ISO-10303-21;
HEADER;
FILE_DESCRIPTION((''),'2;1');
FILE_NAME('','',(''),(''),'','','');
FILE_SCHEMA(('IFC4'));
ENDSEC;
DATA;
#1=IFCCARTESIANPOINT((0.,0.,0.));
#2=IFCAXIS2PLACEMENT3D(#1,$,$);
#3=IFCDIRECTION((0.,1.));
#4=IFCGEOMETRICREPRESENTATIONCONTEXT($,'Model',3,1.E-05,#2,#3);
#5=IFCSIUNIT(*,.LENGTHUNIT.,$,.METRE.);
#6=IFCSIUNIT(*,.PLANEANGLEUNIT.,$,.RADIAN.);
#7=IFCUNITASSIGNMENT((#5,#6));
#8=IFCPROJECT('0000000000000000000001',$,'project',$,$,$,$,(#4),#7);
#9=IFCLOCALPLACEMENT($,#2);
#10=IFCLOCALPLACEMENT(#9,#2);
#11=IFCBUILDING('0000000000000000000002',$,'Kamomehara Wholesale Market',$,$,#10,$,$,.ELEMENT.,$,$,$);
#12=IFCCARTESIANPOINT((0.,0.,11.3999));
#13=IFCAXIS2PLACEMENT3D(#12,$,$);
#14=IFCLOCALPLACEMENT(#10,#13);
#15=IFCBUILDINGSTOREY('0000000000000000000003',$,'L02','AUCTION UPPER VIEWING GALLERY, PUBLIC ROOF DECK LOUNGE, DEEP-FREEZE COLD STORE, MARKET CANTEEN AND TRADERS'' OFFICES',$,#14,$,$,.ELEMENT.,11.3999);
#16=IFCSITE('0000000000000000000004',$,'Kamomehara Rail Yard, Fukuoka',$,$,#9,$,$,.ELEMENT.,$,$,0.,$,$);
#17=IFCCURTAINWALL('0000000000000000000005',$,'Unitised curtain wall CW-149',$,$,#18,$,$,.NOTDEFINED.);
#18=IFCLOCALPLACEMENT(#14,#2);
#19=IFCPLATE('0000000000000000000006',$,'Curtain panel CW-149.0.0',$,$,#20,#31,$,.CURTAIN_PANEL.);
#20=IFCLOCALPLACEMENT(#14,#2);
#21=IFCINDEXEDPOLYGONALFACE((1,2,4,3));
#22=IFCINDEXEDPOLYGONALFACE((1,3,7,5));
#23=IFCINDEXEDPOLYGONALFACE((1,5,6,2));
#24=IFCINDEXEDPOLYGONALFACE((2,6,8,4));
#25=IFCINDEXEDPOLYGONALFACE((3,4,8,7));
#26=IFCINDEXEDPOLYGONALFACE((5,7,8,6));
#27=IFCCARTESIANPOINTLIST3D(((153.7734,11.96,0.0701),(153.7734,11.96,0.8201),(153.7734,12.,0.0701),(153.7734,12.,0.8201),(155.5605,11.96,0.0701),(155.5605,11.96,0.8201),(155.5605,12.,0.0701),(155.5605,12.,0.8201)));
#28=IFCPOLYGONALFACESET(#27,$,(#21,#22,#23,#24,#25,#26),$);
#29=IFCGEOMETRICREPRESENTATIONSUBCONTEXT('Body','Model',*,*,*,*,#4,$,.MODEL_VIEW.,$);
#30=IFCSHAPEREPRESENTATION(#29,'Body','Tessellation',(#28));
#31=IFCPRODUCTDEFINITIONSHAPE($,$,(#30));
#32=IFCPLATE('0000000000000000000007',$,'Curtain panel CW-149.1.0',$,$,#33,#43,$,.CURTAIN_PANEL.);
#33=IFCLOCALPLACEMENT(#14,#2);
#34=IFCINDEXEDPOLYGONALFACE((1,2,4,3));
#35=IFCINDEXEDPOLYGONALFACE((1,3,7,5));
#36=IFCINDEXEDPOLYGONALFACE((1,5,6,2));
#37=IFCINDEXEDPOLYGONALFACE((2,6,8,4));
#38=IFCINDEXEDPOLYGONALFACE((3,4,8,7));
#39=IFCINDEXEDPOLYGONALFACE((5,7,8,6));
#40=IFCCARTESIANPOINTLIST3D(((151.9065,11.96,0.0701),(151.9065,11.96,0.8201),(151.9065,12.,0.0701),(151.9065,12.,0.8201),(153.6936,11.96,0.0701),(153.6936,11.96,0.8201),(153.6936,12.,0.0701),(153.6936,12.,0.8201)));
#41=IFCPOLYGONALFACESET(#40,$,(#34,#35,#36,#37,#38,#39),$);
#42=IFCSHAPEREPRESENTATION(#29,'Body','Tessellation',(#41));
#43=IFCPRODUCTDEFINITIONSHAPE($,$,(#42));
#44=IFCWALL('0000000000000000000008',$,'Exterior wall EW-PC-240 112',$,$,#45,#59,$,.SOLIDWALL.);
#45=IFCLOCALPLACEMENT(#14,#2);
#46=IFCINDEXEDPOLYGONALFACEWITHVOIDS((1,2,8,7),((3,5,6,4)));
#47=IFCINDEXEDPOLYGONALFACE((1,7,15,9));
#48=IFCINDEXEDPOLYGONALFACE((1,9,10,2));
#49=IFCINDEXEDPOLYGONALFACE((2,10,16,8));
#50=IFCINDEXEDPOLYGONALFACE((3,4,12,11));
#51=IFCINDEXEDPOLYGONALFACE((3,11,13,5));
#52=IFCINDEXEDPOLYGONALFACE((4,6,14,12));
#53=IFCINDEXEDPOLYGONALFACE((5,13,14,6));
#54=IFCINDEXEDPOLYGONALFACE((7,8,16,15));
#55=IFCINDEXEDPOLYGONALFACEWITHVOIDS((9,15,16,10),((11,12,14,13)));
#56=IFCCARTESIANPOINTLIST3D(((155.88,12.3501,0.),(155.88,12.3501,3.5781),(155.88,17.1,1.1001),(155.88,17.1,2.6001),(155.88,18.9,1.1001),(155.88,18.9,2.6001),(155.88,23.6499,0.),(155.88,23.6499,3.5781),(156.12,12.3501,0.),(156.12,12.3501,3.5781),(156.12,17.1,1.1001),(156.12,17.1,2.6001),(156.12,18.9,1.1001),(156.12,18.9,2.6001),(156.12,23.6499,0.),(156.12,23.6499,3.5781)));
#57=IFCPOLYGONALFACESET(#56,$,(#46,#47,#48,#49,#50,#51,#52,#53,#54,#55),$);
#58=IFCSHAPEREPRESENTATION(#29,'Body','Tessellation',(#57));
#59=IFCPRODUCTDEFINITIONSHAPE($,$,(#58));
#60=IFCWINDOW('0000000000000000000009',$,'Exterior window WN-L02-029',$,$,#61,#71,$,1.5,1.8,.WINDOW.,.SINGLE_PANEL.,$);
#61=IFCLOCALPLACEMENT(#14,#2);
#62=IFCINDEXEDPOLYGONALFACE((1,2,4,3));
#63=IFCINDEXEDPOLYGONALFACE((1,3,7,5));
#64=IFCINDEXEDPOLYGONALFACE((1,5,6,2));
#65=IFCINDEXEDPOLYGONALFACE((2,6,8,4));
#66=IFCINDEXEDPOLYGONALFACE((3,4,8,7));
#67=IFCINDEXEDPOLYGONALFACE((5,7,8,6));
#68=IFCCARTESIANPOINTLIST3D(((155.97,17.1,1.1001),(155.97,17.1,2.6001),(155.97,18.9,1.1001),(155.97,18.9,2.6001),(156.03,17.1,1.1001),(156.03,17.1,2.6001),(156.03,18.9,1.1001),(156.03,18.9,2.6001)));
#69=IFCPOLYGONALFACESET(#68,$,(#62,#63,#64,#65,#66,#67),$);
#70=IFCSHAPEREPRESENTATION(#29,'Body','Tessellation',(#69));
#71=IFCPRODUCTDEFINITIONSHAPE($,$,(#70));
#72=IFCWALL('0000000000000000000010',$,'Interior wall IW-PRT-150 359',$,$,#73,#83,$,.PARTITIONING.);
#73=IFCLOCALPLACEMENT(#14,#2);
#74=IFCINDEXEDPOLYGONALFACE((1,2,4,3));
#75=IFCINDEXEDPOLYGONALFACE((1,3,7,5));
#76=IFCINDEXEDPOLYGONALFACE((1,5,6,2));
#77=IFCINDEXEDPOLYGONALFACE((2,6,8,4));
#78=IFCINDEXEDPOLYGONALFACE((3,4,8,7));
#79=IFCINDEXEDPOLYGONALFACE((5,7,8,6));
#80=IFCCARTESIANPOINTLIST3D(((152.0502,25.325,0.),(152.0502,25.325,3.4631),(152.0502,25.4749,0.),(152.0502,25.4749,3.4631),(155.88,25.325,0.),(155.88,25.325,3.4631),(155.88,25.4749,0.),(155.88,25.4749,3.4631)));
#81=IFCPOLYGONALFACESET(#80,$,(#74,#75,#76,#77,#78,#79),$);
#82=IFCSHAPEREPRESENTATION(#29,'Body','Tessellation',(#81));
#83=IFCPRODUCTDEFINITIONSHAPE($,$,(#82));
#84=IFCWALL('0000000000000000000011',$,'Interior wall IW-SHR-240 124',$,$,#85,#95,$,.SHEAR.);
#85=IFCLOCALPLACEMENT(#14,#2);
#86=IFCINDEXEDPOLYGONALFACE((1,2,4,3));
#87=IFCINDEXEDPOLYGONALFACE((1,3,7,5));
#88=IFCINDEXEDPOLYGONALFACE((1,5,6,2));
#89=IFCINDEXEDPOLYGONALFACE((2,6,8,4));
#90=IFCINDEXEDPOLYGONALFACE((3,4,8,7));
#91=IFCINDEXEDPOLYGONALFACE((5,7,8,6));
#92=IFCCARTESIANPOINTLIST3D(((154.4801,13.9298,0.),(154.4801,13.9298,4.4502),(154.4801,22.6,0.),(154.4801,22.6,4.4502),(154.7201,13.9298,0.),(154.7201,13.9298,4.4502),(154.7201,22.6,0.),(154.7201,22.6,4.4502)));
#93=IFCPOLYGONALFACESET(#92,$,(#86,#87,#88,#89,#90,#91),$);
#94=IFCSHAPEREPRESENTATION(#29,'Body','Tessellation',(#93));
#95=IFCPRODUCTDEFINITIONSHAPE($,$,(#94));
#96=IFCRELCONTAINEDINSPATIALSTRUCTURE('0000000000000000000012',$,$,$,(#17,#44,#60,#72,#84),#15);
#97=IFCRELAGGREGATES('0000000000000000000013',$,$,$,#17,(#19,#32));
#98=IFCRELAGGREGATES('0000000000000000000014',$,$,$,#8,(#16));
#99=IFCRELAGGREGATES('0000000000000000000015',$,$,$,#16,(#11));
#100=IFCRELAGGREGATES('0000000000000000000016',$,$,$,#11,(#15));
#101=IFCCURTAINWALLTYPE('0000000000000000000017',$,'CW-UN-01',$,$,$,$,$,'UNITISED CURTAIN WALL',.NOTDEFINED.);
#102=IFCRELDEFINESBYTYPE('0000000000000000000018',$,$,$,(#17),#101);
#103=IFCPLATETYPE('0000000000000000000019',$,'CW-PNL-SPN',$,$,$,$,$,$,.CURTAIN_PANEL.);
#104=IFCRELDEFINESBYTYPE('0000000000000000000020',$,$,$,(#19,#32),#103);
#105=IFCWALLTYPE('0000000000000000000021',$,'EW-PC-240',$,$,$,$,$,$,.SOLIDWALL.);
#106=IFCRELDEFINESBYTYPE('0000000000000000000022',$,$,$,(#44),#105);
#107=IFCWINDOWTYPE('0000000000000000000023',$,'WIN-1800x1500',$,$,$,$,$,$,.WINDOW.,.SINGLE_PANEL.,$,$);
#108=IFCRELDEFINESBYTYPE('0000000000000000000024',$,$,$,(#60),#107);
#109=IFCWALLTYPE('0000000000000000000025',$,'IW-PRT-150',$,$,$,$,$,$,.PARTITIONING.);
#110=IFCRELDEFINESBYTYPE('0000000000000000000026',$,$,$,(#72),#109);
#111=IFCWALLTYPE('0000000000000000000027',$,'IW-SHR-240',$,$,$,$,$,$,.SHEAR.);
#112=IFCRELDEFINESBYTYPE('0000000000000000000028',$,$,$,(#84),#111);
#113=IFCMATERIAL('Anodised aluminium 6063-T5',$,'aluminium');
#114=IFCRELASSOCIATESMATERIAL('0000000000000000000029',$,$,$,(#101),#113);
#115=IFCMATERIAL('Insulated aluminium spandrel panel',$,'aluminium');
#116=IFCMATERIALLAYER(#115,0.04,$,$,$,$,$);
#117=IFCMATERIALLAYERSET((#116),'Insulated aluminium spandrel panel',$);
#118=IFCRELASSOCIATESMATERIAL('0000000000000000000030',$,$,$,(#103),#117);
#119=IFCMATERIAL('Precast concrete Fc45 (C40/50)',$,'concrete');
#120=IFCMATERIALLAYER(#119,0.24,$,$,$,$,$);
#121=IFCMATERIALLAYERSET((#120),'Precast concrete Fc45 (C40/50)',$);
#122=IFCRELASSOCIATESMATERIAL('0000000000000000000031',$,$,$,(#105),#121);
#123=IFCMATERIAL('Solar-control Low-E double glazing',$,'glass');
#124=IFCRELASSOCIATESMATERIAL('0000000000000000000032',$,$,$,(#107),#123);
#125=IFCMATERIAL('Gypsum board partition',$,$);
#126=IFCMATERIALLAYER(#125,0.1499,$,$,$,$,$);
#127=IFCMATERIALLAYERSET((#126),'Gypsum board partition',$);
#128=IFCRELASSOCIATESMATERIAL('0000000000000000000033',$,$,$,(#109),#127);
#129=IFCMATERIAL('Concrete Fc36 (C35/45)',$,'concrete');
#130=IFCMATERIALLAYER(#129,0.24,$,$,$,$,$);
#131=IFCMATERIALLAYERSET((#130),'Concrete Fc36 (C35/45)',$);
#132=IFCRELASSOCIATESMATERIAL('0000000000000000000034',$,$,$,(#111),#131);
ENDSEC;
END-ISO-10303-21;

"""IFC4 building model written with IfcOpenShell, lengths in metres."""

from ifc_helpers import new_model, si_unit, direction, frame, frame_2d, origin, origin_2d, place, context, subcontext, project, spatial, rectangle, extrude, material, layer, layer_set, type_object, element, fill, aggregate, save


model = new_model("IFC4")

# Units and contexts
model_context = context("Model", 3, precision=1e-05, world=origin(), true_north=direction((0.0, 1.0)))
body_context = subcontext(model_context, "Body", "Model", "MODEL_VIEW")
ifc_project = project(units=[si_unit("LENGTHUNIT", "METRE"), si_unit("PLANEANGLEUNIT", "RADIAN")], contexts=[model_context])

# Site, building, storey
site_placement = place(None, origin())
site = spatial("IfcSite", under=ifc_project, at=site_placement, Name="Kamomehara Rail Yard, Fukuoka", CompositionType="ELEMENT", RefElevation=0.0)
building_placement = place(site_placement, origin())
building = spatial("IfcBuilding", under=site, at=building_placement, Name="Kamomehara Wholesale Market", CompositionType="ELEMENT")
storey_placement = place(building_placement, frame((0.0, 0.0, 11.3999)))
storey = spatial("IfcBuildingStorey", under=building, at=storey_placement, Name="L02", Description="AUCTION UPPER VIEWING GALLERY, PUBLIC ROOF DECK LOUNGE, DEEP-FREEZE COLD STORE, MARKET CANTEEN AND TRADERS' OFFICES", CompositionType="ELEMENT", Elevation=11.3999)

# Curtain wall, plates
ifc_material_1 = material(Name="Anodised aluminium 6063-T5", Category="aluminium")
curtain_wall_type = type_object("IfcCurtainWallType", Name="CW-UN-01", ElementType="UNITISED CURTAIN WALL", PredefinedType="NOTDEFINED", material=ifc_material_1)
curtain_wall_placement = place(storey_placement, origin())
curtain_wall = element("IfcCurtainWall", 1, at=curtain_wall_placement, inside=storey, type_object=curtain_wall_type, Name="Unitised curtain wall CW-149", PredefinedType="NOTDEFINED")
ifc_material_2 = material(Name="Insulated aluminium spandrel panel", Category="aluminium")
ifc_layer_1 = layer(ifc_material_2, 0.04)
ifc_layer_set_1 = layer_set([ifc_layer_1], Name="Insulated aluminium spandrel panel")
plate_type_1 = type_object("IfcPlateType", Name="CW-PNL-SPN", PredefinedType="CURTAIN_PANEL", material=ifc_layer_set_1)
plate_1_placement = place(storey_placement, frame((154.667, 11.98, 0.0701), z_axis=(0.0, 0.0, 1.0), x_axis=(-1.0, 0.0, 0.0)))
plate_1 = element("IfcPlate", 2, at=plate_1_placement, type_object=plate_type_1, Name="Curtain panel CW-149.0.0", PredefinedType="CURTAIN_PANEL", context=body_context, shape_type="SweptSolid", body=[
    extrude(rectangle(XDim=1.7871, YDim=0.04, at=origin_2d()), origin(), (0.0, 0.0, 1.0), 0.75),
])
plate_2_placement = place(storey_placement, frame((152.8, 11.98, 0.0701), z_axis=(0.0, 0.0, 1.0), x_axis=(-1.0, 0.0, 0.0)))
plate_2 = element("IfcPlate", 3, at=plate_2_placement, type_object=plate_type_1, Name="Curtain panel CW-149.1.0", PredefinedType="CURTAIN_PANEL", context=body_context, shape_type="SweptSolid", body=[
    extrude(rectangle(XDim=1.7871, YDim=0.04, at=origin_2d()), origin(), (0.0, 0.0, 1.0), 0.75),
])
aggregate(curtain_wall, [plate_1, plate_2])

# Wall, opening, window
ifc_material_3 = material(Name="Precast concrete Fc45 (C40/50)", Category="concrete")
ifc_layer_2 = layer(ifc_material_3, 0.24)
ifc_layer_set_2 = layer_set([ifc_layer_2], Name="Precast concrete Fc45 (C40/50)")
wall_type_1 = type_object("IfcWallType", Name="EW-PC-240", PredefinedType="SOLIDWALL", material=ifc_layer_set_2)
wall_1_placement = place(storey_placement, frame((156.0, 23.6499, 0.0), z_axis=(0.0, 0.0, 1.0), x_axis=(0.0, -1.0, 0.0)))
wall_1 = element("IfcWall", 4, at=wall_1_placement, inside=storey, type_object=wall_type_1, Name="Exterior wall EW-PC-240 112", PredefinedType="SOLIDWALL", context=body_context, shape_type="SweptSolid", body=[
    extrude(rectangle(XDim=11.2998, YDim=0.24, at=frame_2d((5.6499, 0.0))), origin(), (0.0, 0.0, 1.0), 3.5781),
])
opening_placement = place(wall_1_placement, frame((4.75, 0.0, 1.1001)))
opening = element("IfcOpeningElement", 5, at=opening_placement, cuts=wall_1, PredefinedType="OPENING", context=body_context, shape_type="SweptSolid", body=[
    extrude(rectangle(XDim=1.8, YDim=1.5, at=frame_2d((0.8999, 0.75))), frame((0.0, 0.1348, 0.0), z_axis=(0.0, -1.0, 0.0), x_axis=(1.0, 0.0, 0.0)), (0.0, 0.0, 1.0), 0.2698),
])
ifc_material_4 = material(Name="Solar-control Low-E double glazing", Category="glass")
window_type = type_object("IfcWindowType", Name="WIN-1800x1500", PartitioningType="SINGLE_PANEL", PredefinedType="WINDOW", material=ifc_material_4)
window_placement = place(opening_placement, origin())
window = element("IfcWindow", 6, at=window_placement, inside=storey, type_object=window_type, Name="Exterior window WN-L02-029", OverallHeight=1.5, OverallWidth=1.8, PartitioningType="SINGLE_PANEL", PredefinedType="WINDOW", context=body_context, shape_type="SweptSolid", body=[
    extrude(rectangle(XDim=1.8, YDim=1.5, at=frame_2d((0.8999, 0.75))), frame((0.0, 0.03, 0.0), z_axis=(0.0, -1.0, 0.0), x_axis=(1.0, 0.0, 0.0)), (0.0, 0.0, 1.0), 0.0601),
])
fill(opening, window)

# Walls
ifc_material_5 = material(Name="Gypsum board partition")
ifc_layer_3 = layer(ifc_material_5, 0.1499)
ifc_layer_set_3 = layer_set([ifc_layer_3], Name="Gypsum board partition")
wall_type_2 = type_object("IfcWallType", Name="IW-PRT-150", PredefinedType="PARTITIONING", material=ifc_layer_set_3)
wall_2_placement = place(storey_placement, frame((152.05, 25.3999, 0.0), z_axis=(0.0, 0.0, 1.0), x_axis=(1.0, 0.0, 0.0)))
element("IfcWall", 7, at=wall_2_placement, inside=storey, type_object=wall_type_2, Name="Interior wall IW-PRT-150 359", PredefinedType="PARTITIONING", context=body_context, shape_type="SweptSolid", body=[
    extrude(rectangle(XDim=3.8298, YDim=0.1499, at=frame_2d((1.915, 0.0))), origin(), (0.0, 0.0, 1.0), 3.4631),
])
ifc_material_6 = material(Name="Concrete Fc36 (C35/45)", Category="concrete")
ifc_layer_4 = layer(ifc_material_6, 0.24)
ifc_layer_set_4 = layer_set([ifc_layer_4], Name="Concrete Fc36 (C35/45)")
wall_type_3 = type_object("IfcWallType", Name="IW-SHR-240", PredefinedType="SHEAR", material=ifc_layer_set_4)
wall_3_placement = place(storey_placement, frame((154.6001, 13.9299, 0.0), z_axis=(0.0, 0.0, 1.0), x_axis=(0.0, 1.0, 0.0)))
element("IfcWall", 8, at=wall_3_placement, inside=storey, type_object=wall_type_3, Name="Interior wall IW-SHR-240 124", PredefinedType="SHEAR", context=body_context, shape_type="SweptSolid", body=[
    extrude(rectangle(XDim=8.6702, YDim=0.24, at=frame_2d((4.335, 0.0))), origin(), (0.0, 0.0, 1.0), 4.4502),
])

save(model, "model.ifc")
